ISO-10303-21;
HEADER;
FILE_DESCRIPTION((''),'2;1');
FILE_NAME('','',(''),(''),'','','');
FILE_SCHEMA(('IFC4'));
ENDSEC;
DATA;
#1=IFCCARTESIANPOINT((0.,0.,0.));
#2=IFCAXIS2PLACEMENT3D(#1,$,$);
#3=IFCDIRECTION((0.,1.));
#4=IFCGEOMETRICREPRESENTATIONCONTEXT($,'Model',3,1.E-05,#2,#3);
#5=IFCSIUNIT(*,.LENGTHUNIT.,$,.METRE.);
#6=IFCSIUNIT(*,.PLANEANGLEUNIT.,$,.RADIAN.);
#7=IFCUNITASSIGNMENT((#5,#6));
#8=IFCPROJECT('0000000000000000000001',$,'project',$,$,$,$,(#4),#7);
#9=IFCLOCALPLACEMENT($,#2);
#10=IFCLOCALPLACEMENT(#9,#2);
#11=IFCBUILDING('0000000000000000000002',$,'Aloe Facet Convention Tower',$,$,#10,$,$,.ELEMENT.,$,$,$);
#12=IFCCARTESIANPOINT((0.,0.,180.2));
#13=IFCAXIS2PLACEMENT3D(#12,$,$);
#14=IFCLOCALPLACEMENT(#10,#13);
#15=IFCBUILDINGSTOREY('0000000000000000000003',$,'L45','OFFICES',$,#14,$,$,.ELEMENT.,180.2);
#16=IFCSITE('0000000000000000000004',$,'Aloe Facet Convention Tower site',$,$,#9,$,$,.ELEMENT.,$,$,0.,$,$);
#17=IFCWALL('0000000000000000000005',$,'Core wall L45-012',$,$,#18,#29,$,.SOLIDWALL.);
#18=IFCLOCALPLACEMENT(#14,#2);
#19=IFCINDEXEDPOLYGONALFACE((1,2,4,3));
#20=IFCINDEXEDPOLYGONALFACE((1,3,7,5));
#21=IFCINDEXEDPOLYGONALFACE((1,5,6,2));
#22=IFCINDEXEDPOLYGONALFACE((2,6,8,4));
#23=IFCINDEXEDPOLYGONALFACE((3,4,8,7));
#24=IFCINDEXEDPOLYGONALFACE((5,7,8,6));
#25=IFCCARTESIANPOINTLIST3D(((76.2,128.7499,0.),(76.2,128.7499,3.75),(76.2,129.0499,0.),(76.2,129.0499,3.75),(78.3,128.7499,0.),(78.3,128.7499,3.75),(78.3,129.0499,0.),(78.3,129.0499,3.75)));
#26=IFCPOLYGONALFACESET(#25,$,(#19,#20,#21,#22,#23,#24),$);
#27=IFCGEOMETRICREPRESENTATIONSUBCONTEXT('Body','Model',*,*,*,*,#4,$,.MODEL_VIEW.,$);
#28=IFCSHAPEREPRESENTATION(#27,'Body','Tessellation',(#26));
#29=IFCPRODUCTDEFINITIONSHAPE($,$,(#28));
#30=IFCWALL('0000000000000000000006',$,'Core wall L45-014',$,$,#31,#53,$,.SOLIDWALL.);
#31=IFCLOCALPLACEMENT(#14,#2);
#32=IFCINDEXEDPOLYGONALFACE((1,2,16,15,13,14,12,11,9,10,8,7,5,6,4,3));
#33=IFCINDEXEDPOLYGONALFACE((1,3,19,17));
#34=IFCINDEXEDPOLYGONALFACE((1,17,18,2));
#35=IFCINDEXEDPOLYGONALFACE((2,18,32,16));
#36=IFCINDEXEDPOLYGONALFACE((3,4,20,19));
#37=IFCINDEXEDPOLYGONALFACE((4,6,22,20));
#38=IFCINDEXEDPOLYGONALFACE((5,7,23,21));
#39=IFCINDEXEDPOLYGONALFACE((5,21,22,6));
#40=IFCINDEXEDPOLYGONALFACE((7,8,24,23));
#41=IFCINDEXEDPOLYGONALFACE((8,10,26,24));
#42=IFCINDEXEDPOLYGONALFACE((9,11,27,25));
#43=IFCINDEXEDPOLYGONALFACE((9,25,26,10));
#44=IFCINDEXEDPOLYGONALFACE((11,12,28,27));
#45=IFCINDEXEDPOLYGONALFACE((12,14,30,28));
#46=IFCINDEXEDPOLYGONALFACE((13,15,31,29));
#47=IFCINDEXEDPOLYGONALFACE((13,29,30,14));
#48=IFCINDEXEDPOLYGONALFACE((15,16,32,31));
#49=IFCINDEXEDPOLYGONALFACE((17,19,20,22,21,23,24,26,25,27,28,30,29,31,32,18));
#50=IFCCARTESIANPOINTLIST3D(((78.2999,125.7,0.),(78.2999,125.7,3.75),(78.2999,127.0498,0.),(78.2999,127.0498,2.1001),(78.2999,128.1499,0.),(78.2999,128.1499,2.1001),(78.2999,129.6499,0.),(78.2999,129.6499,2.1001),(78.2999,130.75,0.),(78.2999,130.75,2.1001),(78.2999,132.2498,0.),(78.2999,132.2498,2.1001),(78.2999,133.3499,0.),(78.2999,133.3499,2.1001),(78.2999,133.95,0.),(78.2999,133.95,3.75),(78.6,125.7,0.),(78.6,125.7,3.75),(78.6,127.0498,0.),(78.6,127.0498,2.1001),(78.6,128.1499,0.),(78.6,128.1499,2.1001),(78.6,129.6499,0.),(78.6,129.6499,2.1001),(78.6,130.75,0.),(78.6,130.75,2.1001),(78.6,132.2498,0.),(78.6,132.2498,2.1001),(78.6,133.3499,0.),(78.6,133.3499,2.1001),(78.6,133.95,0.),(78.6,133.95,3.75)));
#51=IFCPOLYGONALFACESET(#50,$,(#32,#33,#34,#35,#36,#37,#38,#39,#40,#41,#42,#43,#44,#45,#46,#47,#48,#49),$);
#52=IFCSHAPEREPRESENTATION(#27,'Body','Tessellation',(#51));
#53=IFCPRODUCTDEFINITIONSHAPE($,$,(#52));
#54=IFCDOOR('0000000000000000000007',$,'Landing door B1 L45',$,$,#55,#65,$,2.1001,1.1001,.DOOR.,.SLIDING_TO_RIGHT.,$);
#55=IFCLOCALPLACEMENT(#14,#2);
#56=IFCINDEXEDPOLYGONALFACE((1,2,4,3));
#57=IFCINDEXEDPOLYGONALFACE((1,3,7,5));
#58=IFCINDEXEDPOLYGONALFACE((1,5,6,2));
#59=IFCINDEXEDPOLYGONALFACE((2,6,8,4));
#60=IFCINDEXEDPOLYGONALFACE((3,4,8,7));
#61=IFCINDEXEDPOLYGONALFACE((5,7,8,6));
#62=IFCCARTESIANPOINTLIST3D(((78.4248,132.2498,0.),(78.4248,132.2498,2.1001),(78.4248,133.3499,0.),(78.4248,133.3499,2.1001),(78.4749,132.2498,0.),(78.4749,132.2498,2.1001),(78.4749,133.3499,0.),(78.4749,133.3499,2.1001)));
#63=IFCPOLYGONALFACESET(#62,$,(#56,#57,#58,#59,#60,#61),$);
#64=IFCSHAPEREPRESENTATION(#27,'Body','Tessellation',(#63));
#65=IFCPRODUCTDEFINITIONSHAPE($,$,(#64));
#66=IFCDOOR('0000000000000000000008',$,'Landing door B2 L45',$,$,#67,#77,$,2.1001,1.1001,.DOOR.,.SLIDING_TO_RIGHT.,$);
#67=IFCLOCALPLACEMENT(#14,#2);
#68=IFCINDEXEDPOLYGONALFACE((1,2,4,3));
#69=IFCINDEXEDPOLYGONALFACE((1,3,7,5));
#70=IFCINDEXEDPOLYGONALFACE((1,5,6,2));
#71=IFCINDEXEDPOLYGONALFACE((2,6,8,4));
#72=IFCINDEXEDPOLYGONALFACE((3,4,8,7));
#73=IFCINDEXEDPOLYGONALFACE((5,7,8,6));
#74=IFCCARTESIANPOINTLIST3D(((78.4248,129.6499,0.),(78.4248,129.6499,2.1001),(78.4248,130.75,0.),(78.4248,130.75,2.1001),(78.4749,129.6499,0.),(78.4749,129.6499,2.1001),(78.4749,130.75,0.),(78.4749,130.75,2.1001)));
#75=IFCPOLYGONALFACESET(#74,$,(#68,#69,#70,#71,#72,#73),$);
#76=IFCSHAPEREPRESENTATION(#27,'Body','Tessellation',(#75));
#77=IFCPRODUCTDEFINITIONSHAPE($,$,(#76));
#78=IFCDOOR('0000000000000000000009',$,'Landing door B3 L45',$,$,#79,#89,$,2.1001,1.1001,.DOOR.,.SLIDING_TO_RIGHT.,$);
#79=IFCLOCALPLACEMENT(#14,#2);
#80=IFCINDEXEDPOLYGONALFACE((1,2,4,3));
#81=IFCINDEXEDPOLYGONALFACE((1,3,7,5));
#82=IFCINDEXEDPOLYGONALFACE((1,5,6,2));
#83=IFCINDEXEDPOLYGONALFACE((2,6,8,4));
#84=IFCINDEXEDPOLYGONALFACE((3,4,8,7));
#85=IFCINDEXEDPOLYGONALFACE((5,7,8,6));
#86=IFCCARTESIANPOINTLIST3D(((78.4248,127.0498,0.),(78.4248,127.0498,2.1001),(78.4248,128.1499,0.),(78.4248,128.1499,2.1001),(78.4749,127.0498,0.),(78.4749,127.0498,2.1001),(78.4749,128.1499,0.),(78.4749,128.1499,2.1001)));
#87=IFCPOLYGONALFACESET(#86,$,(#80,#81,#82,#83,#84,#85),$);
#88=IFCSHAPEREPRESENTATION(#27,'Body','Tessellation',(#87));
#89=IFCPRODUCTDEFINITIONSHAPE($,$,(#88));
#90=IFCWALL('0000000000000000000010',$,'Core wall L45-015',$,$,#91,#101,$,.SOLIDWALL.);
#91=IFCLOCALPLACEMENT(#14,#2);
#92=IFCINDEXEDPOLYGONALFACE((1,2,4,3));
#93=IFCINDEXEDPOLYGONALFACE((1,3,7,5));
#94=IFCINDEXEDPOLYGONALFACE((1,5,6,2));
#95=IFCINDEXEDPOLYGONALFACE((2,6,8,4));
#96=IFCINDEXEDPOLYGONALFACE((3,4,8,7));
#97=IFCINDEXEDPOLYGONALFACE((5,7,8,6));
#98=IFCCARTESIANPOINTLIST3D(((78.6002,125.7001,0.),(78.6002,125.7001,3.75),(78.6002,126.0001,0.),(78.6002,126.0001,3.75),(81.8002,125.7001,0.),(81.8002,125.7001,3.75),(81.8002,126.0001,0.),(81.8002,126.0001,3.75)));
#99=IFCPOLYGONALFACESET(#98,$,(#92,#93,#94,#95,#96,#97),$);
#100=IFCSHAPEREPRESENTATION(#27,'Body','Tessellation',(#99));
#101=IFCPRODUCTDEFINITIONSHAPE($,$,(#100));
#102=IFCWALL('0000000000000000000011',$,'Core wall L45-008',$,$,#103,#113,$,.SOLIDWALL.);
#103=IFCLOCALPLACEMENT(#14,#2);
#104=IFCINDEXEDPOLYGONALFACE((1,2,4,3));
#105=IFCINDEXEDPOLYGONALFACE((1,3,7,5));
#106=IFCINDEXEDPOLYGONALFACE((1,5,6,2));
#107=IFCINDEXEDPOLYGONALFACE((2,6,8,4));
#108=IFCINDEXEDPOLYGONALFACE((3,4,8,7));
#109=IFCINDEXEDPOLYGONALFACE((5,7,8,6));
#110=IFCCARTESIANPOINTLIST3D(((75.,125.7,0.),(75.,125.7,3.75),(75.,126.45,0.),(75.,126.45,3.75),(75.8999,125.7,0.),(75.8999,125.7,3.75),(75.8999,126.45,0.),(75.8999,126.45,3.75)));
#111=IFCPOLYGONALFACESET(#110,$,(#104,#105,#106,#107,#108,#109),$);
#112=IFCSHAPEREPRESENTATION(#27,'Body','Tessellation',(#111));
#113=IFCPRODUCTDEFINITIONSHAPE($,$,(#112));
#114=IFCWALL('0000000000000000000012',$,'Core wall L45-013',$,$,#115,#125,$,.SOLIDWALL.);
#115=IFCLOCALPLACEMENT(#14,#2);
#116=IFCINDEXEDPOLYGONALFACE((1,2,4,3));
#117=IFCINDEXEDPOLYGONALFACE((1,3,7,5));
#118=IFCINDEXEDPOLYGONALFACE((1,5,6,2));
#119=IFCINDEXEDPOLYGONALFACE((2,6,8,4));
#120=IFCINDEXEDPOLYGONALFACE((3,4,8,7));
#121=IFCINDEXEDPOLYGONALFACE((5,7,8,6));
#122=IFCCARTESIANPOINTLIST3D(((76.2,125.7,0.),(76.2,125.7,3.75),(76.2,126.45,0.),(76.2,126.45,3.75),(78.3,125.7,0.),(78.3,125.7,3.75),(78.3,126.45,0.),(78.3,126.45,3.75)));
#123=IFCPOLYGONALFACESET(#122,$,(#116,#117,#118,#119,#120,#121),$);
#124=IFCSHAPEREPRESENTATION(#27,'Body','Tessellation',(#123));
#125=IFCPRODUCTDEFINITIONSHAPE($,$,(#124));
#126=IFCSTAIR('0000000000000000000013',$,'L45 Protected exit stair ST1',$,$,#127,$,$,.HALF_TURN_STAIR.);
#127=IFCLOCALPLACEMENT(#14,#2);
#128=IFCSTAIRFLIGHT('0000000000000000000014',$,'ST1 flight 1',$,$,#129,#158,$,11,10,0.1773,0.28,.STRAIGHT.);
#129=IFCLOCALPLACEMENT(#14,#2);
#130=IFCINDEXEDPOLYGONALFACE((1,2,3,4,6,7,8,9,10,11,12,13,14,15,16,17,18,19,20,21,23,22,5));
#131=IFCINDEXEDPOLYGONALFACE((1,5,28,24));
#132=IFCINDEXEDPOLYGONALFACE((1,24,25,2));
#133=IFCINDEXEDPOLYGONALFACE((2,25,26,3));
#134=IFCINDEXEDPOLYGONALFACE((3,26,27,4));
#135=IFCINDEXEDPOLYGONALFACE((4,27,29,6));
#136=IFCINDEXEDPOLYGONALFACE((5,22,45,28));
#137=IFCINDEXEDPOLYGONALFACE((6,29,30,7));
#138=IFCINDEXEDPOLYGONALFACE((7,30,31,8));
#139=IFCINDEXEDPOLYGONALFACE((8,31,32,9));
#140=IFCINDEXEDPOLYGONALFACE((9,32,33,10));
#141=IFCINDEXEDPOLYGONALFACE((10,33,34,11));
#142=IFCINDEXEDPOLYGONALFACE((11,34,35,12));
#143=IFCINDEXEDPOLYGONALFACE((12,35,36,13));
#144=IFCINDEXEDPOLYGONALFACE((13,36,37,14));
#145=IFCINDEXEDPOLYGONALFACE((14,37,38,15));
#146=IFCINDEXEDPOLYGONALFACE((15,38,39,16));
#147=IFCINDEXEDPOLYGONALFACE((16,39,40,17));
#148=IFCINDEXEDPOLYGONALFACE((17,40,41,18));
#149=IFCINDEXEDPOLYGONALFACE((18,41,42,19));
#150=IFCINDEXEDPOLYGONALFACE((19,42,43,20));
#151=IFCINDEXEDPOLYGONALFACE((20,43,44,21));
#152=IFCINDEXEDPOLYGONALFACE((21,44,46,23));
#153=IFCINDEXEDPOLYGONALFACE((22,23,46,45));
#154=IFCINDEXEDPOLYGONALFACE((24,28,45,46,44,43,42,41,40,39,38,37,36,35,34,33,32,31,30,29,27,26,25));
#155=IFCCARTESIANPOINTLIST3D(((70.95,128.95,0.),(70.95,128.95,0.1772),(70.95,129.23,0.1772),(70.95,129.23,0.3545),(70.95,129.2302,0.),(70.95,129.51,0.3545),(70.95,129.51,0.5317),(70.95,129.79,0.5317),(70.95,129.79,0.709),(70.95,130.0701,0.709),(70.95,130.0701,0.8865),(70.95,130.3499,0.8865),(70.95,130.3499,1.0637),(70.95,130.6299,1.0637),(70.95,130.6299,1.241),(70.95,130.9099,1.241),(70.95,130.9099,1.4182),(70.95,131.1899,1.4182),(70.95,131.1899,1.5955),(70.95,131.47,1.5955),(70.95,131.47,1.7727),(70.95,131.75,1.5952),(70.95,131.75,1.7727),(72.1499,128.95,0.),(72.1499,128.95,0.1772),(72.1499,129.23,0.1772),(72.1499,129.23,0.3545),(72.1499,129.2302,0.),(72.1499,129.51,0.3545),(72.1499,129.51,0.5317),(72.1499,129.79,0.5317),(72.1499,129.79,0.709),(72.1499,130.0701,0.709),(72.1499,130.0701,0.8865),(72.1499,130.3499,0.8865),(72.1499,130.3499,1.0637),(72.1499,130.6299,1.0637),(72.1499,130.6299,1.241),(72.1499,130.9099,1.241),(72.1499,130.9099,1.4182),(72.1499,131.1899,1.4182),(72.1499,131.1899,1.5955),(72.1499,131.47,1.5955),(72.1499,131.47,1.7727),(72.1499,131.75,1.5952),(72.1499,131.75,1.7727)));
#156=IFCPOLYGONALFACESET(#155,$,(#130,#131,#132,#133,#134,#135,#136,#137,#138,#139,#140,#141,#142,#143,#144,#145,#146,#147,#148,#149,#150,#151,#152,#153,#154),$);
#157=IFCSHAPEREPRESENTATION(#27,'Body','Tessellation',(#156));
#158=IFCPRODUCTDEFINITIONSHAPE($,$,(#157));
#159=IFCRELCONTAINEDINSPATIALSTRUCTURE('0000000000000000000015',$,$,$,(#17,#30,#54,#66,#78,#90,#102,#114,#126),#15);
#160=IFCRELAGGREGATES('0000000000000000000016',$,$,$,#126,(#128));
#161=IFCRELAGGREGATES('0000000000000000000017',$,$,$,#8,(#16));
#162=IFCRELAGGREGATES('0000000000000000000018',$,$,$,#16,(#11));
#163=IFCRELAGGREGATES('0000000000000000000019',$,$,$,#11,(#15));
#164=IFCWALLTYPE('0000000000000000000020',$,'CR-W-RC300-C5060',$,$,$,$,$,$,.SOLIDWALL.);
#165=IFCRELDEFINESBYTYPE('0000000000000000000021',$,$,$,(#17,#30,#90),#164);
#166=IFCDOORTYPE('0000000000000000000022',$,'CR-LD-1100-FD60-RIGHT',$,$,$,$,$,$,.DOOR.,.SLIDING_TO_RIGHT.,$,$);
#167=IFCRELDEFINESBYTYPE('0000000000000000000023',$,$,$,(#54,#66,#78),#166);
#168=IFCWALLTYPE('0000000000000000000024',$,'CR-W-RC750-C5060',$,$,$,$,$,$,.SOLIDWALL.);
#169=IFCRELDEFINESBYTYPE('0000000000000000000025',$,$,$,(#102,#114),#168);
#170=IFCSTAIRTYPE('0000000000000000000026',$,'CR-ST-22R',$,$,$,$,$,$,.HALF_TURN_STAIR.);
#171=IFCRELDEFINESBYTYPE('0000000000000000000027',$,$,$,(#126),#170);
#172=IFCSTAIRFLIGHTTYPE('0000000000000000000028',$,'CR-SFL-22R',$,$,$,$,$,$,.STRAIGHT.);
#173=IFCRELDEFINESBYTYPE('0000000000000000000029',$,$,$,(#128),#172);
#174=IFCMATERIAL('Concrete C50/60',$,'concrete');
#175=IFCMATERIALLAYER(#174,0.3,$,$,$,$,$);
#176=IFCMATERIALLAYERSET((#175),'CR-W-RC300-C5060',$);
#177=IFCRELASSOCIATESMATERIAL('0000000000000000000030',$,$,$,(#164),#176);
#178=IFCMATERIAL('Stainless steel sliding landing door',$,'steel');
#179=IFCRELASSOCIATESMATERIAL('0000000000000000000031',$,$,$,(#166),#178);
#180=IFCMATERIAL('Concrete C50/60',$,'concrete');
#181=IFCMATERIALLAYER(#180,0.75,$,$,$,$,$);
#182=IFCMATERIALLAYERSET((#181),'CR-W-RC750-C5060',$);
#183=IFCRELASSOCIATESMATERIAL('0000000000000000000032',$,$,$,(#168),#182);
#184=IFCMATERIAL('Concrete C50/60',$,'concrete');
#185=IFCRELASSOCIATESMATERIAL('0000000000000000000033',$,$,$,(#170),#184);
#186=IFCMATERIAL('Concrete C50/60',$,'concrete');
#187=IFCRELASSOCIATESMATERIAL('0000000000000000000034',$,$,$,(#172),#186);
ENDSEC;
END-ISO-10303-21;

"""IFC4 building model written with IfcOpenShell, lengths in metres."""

from ifc_helpers import new_model, si_unit, direction, frame, frame_2d, origin, place, context, subcontext, project, spatial, polyline, rectangle, outline, extrude, material, layer, layer_set, type_object, element, fill, aggregate, save


model = new_model("IFC4")

# Units and contexts
model_context = context("Model", 3, precision=1e-05, world=origin(), true_north=direction((0.0, 1.0)))
body_context = subcontext(model_context, "Body", "Model", "MODEL_VIEW")
ifc_project = project(units=[si_unit("LENGTHUNIT", "METRE"), si_unit("PLANEANGLEUNIT", "RADIAN")], contexts=[model_context])

# Site, building, storey
site_placement = place(None, origin())
site = spatial("IfcSite", under=ifc_project, at=site_placement, Name="Aloe Facet Convention Tower site", CompositionType="ELEMENT", RefElevation=0.0)
building_placement = place(site_placement, origin())
building = spatial("IfcBuilding", under=site, at=building_placement, Name="Aloe Facet Convention Tower", CompositionType="ELEMENT")
storey_placement = place(building_placement, frame((0.0, 0.0, 180.2)))
storey = spatial("IfcBuildingStorey", under=building, at=storey_placement, Name="L45", Description="OFFICES", CompositionType="ELEMENT", Elevation=180.2)

# Shared definitions
ifc_material_1 = material(Name="Concrete C50/60", Category="concrete")
ifc_layer_1 = layer(ifc_material_1, 0.3)
ifc_layer_set_1 = layer_set([ifc_layer_1], Name="CR-W-RC300-C5060")
wall_type_1 = type_object("IfcWallType", Name="CR-W-RC300-C5060", PredefinedType="SOLIDWALL", material=ifc_layer_set_1)

# Wall
for number, where, z_axis, x_axis, name in (
    (1, (76.2, 128.8999, 0.0), (0.0, 0.0, 1.0), (1.0, 0.0, 0.0), "Core wall L45-012"),
):
    element("IfcWall", number, at=place(storey_placement, frame(where, z_axis=z_axis, x_axis=x_axis)), inside=storey, type_object=wall_type_1, Name=name, PredefinedType="SOLIDWALL", context=body_context, shape_type="SweptSolid", body=[
        extrude(rectangle(XDim=2.1001, YDim=0.3, at=frame_2d((1.05, 0.0))), origin(), (0.0, 0.0, 1.0), 3.75),
    ])

# Wall, openings, doors
wall_1_placement = place(storey_placement, frame((78.45, 133.95, 0.0), z_axis=(0.0, 0.0, 1.0), x_axis=(0.0, -1.0, 0.0)))
wall_1 = element("IfcWall", 2, at=wall_1_placement, inside=storey, type_object=wall_type_1, Name="Core wall L45-014", PredefinedType="SOLIDWALL", context=body_context, shape_type="SweptSolid", body=[
    extrude(rectangle(XDim=8.25, YDim=0.3, at=frame_2d((4.125, 0.0))), origin(), (0.0, 0.0, 1.0), 3.75),
])
opening_1_placement = place(wall_1_placement, frame((0.6001, 0.0, 0.0)))
opening_1 = element("IfcOpeningElement", 3, at=opening_1_placement, cuts=wall_1, PredefinedType="OPENING", context=body_context, shape_type="SweptSolid", body=[
    extrude(rectangle(XDim=1.1001, YDim=2.1001, at=frame_2d((0.55, 1.05))), frame((0.0, 0.1602, 0.0), z_axis=(0.0, -1.0, 0.0), x_axis=(1.0, 0.0, 0.0)), (0.0, 0.0, 1.0), 0.3201),
])
opening_2_placement = place(wall_1_placement, frame((3.2, 0.0, 0.0)))
opening_2 = element("IfcOpeningElement", 4, at=opening_2_placement, cuts=wall_1, PredefinedType="OPENING", context=body_context, shape_type="SweptSolid", body=[
    extrude(rectangle(XDim=1.1001, YDim=2.1001, at=frame_2d((0.55, 1.05))), frame((0.0, 0.1602, 0.0), z_axis=(0.0, -1.0, 0.0), x_axis=(1.0, 0.0, 0.0)), (0.0, 0.0, 1.0), 0.3201),
])
opening_3_placement = place(wall_1_placement, frame((5.8, 0.0, 0.0)))
opening_3 = element("IfcOpeningElement", 5, at=opening_3_placement, cuts=wall_1, PredefinedType="OPENING", context=body_context, shape_type="SweptSolid", body=[
    extrude(rectangle(XDim=1.1001, YDim=2.1001, at=frame_2d((0.55, 1.05))), frame((0.0, 0.1602, 0.0), z_axis=(0.0, -1.0, 0.0), x_axis=(1.0, 0.0, 0.0)), (0.0, 0.0, 1.0), 0.3201),
])
ifc_material_2 = material(Name="Stainless steel sliding landing door", Category="steel")
door_type_1 = type_object("IfcDoorType", Name="CR-LD-1100-FD60-RIGHT", OperationType="SLIDING_TO_RIGHT", PredefinedType="DOOR", material=ifc_material_2)
door_1_placement = place(opening_1_placement, origin())
door_1 = element("IfcDoor", 6, at=door_1_placement, inside=storey, type_object=door_type_1, Name="Landing door B1 L45", OperationType="SLIDING_TO_RIGHT", OverallHeight=2.1001, OverallWidth=1.1001, PredefinedType="DOOR", context=body_context, shape_type="SweptSolid", body=[
    extrude(rectangle(XDim=1.1001, YDim=2.1001, at=frame_2d((0.55, 1.05))), frame((0.0, 0.0249, 0.0), z_axis=(0.0, -1.0, 0.0), x_axis=(1.0, 0.0, 0.0)), (0.0, 0.0, 1.0), 0.05),
])
fill(opening_1, door_1)
door_2_placement = place(opening_2_placement, origin())
door_2 = element("IfcDoor", 7, at=door_2_placement, inside=storey, type_object=door_type_1, Name="Landing door B2 L45", OperationType="SLIDING_TO_RIGHT", OverallHeight=2.1001, OverallWidth=1.1001, PredefinedType="DOOR", context=body_context, shape_type="SweptSolid", body=[
    extrude(rectangle(XDim=1.1001, YDim=2.1001, at=frame_2d((0.55, 1.05))), frame((0.0, 0.0249, 0.0), z_axis=(0.0, -1.0, 0.0), x_axis=(1.0, 0.0, 0.0)), (0.0, 0.0, 1.0), 0.05),
])
fill(opening_2, door_2)
door_3_placement = place(opening_3_placement, origin())
door_3 = element("IfcDoor", 8, at=door_3_placement, inside=storey, type_object=door_type_1, Name="Landing door B3 L45", OperationType="SLIDING_TO_RIGHT", OverallHeight=2.1001, OverallWidth=1.1001, PredefinedType="DOOR", context=body_context, shape_type="SweptSolid", body=[
    extrude(rectangle(XDim=1.1001, YDim=2.1001, at=frame_2d((0.55, 1.05))), frame((0.0, 0.0249, 0.0), z_axis=(0.0, -1.0, 0.0), x_axis=(1.0, 0.0, 0.0)), (0.0, 0.0, 1.0), 0.05),
])
fill(opening_3, door_3)

# Walls
wall_2_placement = place(storey_placement, frame((78.6001, 125.8501, 0.0), z_axis=(0.0, 0.0, 1.0), x_axis=(1.0, 0.0, 0.0)))
element("IfcWall", 9, at=wall_2_placement, inside=storey, type_object=wall_type_1, Name="Core wall L45-015", PredefinedType="SOLIDWALL", context=body_context, shape_type="SweptSolid", body=[
    extrude(rectangle(XDim=3.2, YDim=0.3, at=frame_2d((1.6001, 0.0))), origin(), (0.0, 0.0, 1.0), 3.75),
])
ifc_material_3 = material(Name="Concrete C50/60", Category="concrete")
ifc_layer_2 = layer(ifc_material_3, 0.75)
ifc_layer_set_2 = layer_set([ifc_layer_2], Name="CR-W-RC750-C5060")
wall_type_2 = type_object("IfcWallType", Name="CR-W-RC750-C5060", PredefinedType="SOLIDWALL", material=ifc_layer_set_2)
wall_3_placement = place(storey_placement, frame((75.0, 126.075, 0.0), z_axis=(0.0, 0.0, 1.0), x_axis=(1.0, 0.0, 0.0)))
element("IfcWall", 10, at=wall_3_placement, inside=storey, type_object=wall_type_2, Name="Core wall L45-008", PredefinedType="SOLIDWALL", context=body_context, shape_type="SweptSolid", body=[
    extrude(rectangle(XDim=0.8999, YDim=0.75, at=frame_2d((0.45, 0.0))), origin(), (0.0, 0.0, 1.0), 3.75),
])
wall_4_placement = place(storey_placement, frame((76.2, 126.075, 0.0), z_axis=(0.0, 0.0, 1.0), x_axis=(1.0, 0.0, 0.0)))
element("IfcWall", 11, at=wall_4_placement, inside=storey, type_object=wall_type_2, Name="Core wall L45-013", PredefinedType="SOLIDWALL", context=body_context, shape_type="SweptSolid", body=[
    extrude(rectangle(XDim=2.1001, YDim=0.75, at=frame_2d((1.05, 0.0))), origin(), (0.0, 0.0, 1.0), 3.75),
])

# Stair, stair flight
ifc_material_4 = material(Name="Concrete C50/60", Category="concrete")
stair_type = type_object("IfcStairType", Name="CR-ST-22R", PredefinedType="HALF_TURN_STAIR", material=ifc_material_4)
stair_1_placement = place(storey_placement, origin())
stair_1 = element("IfcStair", 12, at=stair_1_placement, inside=storey, type_object=stair_type, Name="L45 Protected exit stair ST1", PredefinedType="HALF_TURN_STAIR")
ifc_material_5 = material(Name="Concrete C50/60", Category="concrete")
stair_flight_type = type_object("IfcStairFlightType", Name="CR-SFL-22R", PredefinedType="STRAIGHT", material=ifc_material_5)
stair_flight_1_placement = place(storey_placement, frame((71.55, 128.95, 0.0), z_axis=(0.0, 0.0, 1.0), x_axis=(0.0, 1.0, 0.0)))
stair_flight_1 = element("IfcStairFlight", 13, at=stair_flight_1_placement, type_object=stair_flight_type, Name="ST1 flight 1", NumberOfRisers=11, NumberOfTreads=10, PredefinedType="STRAIGHT", RiserHeight=0.1773, TreadLength=0.28, context=body_context, shape_type="SweptSolid", body=[
    extrude(outline(polyline([(0.0, 0.0), (0.0, 0.1772), (0.28, 0.1772), (0.28, 0.3545), (0.5601, 0.3545), (0.5601, 0.5317), (0.8401, 0.5317), (0.8401, 0.709), (1.1201, 0.709), (1.1201, 0.8865), (1.3999, 0.8865), (1.3999, 1.0637), (1.6799, 1.0637), (1.6799, 1.241), (1.96, 1.241), (1.96, 1.4182), (2.24, 1.4182), (2.24, 1.5955), (2.52, 1.5955), (2.52, 1.7727), (2.8, 1.7727), (2.8, 1.95), (2.8, 1.5952), (0.2803, 0.0), (0.0, 0.0)])), frame((0.0, 0.6001, 0.0), z_axis=(0.0, -1.0, 0.0), x_axis=(1.0, 0.0, 0.0)), (0.0, 0.0, 1.0), 1.2),
])
aggregate(stair_1, [stair_flight_1])

save(model, "model.ifc")
